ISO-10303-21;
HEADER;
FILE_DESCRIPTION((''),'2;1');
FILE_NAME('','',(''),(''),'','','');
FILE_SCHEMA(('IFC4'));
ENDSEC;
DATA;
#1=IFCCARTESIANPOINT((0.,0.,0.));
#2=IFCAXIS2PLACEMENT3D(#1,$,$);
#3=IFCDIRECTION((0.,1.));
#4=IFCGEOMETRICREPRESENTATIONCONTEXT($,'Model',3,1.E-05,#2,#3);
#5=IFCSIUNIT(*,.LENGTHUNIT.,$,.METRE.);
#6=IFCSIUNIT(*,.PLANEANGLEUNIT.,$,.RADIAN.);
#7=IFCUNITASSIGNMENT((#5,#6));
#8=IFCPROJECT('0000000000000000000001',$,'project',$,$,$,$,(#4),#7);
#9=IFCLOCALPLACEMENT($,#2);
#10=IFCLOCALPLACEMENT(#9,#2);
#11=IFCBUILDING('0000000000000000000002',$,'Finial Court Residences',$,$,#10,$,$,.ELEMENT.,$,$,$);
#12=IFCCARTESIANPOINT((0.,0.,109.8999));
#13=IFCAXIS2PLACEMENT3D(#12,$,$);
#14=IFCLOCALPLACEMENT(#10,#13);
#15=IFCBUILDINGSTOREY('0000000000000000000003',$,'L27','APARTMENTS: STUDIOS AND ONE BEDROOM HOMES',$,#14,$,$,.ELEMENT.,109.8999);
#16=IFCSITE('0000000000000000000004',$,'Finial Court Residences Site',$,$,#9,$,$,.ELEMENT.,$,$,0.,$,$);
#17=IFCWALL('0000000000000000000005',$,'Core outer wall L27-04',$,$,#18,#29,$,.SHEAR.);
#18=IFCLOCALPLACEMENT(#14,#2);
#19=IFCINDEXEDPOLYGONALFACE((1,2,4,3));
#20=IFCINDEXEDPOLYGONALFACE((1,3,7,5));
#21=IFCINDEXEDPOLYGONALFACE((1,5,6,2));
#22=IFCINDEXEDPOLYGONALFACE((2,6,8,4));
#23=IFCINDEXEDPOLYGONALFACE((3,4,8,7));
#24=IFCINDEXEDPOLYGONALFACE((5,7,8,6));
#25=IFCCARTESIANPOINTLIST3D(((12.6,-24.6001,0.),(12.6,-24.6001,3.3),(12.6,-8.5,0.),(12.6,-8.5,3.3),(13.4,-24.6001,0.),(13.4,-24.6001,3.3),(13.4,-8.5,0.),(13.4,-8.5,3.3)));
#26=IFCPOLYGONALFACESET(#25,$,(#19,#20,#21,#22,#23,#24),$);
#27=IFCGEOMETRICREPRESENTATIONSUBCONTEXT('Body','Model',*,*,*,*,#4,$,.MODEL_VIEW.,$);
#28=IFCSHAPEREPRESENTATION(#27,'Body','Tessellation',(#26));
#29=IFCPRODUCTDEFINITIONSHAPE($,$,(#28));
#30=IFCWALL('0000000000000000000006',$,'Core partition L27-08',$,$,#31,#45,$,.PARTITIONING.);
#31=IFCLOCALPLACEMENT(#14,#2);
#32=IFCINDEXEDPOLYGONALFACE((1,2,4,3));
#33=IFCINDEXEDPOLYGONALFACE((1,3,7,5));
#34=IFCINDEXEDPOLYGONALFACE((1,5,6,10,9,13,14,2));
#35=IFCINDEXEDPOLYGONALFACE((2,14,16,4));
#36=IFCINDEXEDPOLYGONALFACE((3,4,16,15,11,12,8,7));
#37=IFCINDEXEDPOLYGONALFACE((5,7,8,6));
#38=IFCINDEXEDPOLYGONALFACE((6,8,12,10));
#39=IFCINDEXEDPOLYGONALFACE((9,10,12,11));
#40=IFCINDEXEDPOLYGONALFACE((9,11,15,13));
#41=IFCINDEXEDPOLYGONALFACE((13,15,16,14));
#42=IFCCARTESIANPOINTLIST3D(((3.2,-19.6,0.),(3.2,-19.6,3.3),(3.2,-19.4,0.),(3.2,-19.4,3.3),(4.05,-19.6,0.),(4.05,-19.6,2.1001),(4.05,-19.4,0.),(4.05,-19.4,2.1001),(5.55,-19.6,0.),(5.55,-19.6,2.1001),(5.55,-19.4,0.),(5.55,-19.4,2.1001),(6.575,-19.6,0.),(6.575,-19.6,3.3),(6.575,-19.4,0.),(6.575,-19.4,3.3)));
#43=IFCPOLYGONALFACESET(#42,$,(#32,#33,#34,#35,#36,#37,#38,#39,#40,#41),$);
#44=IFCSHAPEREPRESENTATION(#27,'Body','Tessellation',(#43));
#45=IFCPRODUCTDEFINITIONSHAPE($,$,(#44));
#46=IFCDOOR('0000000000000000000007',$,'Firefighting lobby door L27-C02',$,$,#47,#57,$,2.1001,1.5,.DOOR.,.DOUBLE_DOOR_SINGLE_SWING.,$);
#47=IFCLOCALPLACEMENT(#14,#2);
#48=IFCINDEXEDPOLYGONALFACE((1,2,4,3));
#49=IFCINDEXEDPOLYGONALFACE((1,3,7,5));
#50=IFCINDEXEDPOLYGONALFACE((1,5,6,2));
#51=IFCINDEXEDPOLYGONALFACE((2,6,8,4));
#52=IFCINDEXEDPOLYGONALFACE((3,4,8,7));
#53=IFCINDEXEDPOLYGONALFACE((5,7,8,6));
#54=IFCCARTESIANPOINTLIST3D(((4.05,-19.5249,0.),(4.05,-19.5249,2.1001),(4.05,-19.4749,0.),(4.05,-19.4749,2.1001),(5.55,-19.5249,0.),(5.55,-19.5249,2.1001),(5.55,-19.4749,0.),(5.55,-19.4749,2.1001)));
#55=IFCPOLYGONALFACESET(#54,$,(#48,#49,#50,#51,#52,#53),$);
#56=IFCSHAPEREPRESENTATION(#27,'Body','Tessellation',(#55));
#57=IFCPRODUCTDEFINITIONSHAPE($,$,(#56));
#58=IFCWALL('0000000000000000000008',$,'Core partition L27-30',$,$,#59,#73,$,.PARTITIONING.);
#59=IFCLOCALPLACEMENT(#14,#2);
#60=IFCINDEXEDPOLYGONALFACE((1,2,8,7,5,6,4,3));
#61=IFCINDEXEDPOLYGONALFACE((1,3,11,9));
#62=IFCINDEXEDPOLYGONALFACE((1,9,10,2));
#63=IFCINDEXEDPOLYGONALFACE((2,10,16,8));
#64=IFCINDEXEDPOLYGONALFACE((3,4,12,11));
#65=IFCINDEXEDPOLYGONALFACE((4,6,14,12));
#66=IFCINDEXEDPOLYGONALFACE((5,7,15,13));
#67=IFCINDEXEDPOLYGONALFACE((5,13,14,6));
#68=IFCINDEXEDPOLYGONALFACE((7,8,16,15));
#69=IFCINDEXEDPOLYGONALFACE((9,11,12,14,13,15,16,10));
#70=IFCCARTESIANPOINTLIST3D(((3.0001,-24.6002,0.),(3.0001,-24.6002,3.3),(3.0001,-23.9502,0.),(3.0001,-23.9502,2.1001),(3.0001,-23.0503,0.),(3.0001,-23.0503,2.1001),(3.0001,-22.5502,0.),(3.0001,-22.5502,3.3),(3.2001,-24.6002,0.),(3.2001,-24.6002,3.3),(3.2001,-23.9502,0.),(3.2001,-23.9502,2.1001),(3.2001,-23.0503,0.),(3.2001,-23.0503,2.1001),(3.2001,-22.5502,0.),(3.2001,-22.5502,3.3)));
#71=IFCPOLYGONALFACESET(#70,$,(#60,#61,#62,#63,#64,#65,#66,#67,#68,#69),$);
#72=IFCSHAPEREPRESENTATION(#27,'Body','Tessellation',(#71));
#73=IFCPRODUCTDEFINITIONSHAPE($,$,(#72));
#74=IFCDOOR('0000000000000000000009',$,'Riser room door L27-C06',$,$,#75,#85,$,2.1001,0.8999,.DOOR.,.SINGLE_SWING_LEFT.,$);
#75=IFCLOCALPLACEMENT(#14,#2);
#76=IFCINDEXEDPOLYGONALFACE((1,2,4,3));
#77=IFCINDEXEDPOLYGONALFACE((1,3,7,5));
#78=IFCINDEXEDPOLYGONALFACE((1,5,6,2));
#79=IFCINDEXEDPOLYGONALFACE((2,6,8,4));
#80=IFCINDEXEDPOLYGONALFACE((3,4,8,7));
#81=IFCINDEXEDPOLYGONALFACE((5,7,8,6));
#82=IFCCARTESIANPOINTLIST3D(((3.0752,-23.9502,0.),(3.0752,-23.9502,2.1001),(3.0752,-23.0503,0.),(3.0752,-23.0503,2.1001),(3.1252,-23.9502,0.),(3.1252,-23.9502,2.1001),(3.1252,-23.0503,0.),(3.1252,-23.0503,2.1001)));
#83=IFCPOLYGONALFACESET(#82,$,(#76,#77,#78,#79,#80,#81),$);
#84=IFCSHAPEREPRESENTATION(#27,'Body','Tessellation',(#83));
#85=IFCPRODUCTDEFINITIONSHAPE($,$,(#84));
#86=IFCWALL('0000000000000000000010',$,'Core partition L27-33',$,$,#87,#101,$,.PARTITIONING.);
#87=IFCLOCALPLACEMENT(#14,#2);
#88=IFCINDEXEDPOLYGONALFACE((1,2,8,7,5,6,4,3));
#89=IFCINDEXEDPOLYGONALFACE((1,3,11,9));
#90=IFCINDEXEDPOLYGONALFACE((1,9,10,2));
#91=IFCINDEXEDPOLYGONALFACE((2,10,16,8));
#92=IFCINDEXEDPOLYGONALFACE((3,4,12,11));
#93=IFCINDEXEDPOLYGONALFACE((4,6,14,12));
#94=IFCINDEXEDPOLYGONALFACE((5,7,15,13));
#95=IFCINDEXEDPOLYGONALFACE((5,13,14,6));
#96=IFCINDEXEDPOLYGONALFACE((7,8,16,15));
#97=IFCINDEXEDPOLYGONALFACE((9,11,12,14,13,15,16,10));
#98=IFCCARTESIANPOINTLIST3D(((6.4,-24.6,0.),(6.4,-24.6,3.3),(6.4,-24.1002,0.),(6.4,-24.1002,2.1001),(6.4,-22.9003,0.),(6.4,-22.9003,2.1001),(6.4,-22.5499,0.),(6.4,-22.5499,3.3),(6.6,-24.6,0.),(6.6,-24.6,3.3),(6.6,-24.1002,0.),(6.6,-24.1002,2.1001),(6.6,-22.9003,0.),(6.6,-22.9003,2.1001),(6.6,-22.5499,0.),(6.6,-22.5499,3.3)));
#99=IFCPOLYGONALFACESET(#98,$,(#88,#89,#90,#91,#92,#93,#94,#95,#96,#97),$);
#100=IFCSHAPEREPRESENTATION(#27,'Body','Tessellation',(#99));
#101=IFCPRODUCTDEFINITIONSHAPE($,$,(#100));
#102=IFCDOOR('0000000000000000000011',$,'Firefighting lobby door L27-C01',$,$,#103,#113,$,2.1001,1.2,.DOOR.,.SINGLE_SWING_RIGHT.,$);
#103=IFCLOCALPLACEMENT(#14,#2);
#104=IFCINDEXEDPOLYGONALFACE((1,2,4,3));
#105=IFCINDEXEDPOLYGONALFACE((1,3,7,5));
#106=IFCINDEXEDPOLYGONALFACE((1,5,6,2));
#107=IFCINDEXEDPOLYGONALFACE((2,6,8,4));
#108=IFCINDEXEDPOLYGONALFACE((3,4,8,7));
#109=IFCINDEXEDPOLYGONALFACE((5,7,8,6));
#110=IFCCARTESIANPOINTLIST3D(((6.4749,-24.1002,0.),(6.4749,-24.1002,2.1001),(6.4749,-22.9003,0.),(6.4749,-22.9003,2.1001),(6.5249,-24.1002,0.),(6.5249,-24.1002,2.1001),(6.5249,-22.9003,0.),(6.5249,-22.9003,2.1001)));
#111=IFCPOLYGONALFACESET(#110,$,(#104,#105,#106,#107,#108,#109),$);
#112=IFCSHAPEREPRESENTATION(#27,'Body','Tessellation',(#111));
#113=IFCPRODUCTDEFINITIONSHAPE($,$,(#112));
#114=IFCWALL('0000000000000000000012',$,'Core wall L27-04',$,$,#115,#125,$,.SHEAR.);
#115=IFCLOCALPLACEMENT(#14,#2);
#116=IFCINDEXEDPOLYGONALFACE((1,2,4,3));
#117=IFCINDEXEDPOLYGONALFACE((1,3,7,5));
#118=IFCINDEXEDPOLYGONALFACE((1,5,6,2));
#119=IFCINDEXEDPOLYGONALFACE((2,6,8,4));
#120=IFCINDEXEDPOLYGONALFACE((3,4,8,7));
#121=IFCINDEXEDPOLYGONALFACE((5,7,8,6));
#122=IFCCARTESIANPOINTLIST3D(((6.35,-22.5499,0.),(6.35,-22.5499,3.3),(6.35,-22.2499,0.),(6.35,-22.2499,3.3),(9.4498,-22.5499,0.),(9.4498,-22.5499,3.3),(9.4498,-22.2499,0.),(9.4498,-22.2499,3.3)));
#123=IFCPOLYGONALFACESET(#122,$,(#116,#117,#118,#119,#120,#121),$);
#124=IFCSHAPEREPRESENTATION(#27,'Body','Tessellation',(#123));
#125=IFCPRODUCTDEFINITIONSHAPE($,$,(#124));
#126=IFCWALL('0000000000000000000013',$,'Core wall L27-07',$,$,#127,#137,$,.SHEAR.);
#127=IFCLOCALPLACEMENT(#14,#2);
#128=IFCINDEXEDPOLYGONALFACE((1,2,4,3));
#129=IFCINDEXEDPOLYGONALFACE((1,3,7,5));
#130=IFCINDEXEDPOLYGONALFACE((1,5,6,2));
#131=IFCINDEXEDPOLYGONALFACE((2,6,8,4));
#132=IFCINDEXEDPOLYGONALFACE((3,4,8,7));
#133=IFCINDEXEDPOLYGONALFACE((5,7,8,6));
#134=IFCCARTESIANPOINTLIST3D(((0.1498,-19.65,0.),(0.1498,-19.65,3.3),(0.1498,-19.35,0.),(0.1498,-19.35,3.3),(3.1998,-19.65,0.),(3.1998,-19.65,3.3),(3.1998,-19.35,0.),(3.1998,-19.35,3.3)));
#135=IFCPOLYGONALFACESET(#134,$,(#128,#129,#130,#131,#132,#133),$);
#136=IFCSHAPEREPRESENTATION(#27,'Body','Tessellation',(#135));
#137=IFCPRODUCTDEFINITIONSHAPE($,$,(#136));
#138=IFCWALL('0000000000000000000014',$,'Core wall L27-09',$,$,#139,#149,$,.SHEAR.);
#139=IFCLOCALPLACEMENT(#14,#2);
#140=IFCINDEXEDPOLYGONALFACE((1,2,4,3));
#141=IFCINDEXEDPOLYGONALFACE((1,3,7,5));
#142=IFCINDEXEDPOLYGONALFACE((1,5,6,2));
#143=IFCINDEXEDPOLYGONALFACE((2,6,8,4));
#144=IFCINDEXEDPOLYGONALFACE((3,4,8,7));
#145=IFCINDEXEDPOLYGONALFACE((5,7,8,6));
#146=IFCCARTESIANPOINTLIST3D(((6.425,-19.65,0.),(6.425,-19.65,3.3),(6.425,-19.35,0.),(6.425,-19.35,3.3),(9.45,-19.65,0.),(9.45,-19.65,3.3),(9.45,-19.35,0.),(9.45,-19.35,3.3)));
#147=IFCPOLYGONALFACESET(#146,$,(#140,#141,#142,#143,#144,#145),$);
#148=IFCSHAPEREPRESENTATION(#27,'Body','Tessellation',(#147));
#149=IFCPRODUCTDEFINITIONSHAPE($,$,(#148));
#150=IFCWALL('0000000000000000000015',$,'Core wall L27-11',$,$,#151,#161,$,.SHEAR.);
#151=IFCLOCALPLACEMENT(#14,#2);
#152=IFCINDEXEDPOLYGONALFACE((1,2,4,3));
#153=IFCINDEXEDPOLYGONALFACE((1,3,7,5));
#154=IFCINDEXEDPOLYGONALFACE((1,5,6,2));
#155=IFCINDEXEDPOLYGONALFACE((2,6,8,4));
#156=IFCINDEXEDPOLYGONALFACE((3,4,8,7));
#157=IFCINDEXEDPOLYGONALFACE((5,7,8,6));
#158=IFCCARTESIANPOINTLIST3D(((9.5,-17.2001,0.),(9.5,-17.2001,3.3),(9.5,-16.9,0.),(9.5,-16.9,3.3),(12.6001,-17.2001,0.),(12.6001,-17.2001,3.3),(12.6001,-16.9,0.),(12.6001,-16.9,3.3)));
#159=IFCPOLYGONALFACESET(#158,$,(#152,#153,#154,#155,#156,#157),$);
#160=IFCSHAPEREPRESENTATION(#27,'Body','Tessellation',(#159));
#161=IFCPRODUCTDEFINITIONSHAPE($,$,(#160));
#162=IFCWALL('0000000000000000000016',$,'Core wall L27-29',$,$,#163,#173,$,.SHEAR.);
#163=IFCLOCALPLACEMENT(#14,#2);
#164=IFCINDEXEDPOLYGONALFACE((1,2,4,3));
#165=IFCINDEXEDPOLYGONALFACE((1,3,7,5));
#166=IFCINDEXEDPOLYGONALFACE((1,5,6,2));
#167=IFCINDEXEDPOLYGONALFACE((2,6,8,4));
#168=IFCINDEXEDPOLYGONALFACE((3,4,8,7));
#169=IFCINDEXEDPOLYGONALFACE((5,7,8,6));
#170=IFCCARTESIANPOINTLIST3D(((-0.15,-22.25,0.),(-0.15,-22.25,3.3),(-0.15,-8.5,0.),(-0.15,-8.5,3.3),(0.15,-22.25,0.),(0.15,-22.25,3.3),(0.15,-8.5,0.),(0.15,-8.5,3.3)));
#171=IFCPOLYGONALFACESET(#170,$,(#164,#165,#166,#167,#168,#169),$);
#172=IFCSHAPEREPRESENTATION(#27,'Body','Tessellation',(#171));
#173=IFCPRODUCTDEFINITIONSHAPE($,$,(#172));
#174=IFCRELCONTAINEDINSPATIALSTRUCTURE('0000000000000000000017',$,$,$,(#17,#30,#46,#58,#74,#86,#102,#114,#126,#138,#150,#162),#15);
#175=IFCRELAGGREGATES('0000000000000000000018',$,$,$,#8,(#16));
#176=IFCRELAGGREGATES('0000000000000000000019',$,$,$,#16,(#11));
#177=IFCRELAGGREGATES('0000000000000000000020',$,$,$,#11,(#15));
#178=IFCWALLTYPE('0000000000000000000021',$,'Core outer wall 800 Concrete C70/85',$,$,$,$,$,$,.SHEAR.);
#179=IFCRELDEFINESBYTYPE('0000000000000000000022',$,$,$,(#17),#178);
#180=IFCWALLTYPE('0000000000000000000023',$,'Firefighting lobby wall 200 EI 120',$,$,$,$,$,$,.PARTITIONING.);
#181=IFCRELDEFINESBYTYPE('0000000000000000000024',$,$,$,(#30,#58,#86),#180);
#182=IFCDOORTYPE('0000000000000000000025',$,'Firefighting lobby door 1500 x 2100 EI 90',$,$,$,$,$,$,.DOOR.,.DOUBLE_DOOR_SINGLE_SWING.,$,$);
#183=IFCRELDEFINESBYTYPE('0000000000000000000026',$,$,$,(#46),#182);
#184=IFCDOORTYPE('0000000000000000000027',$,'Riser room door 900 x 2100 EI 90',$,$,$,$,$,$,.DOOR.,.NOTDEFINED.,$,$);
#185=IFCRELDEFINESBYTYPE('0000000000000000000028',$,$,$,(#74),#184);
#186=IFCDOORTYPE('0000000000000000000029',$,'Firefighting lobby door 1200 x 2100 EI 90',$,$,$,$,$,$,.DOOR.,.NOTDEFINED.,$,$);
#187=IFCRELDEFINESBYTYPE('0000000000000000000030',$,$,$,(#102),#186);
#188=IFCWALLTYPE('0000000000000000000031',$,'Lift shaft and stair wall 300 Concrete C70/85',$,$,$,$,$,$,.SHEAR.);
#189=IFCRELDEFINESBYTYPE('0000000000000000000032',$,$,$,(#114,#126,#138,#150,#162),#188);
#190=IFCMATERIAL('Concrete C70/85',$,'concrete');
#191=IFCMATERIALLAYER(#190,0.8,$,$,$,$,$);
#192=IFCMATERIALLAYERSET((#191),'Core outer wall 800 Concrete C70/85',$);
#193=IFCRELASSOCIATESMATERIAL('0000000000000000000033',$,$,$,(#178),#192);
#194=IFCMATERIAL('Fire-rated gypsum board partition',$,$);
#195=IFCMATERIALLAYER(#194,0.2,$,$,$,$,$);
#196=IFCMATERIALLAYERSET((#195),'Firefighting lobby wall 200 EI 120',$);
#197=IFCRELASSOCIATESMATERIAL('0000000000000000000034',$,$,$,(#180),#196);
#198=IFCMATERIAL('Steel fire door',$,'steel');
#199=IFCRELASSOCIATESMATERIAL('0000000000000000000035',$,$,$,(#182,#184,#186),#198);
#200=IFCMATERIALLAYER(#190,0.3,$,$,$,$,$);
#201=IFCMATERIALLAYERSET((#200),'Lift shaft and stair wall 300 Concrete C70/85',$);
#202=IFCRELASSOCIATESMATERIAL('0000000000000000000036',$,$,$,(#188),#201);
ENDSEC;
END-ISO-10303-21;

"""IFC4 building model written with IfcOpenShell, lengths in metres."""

from ifc_helpers import new_model, si_unit, direction, frame, frame_2d, origin, place, context, subcontext, project, spatial, rectangle, extrude, material, layer, layer_set, type_object, element, fill, save


model = new_model("IFC4")

# Units and contexts
model_context = context("Model", 3, precision=1e-05, world=origin(), true_north=direction((0.0, 1.0)))
body_context = subcontext(model_context, "Body", "Model", "MODEL_VIEW")
ifc_project = project(units=[si_unit("LENGTHUNIT", "METRE"), si_unit("PLANEANGLEUNIT", "RADIAN")], contexts=[model_context])

# Site, building, storey
site_placement = place(None, origin())
site = spatial("IfcSite", under=ifc_project, at=site_placement, Name="Finial Court Residences Site", CompositionType="ELEMENT", RefElevation=0.0)
building_placement = place(site_placement, origin())
building = spatial("IfcBuilding", under=site, at=building_placement, Name="Finial Court Residences", CompositionType="ELEMENT")
storey_placement = place(building_placement, frame((0.0, 0.0, 109.8999)))
storey = spatial("IfcBuildingStorey", under=building, at=storey_placement, Name="L27", Description="APARTMENTS: STUDIOS AND ONE BEDROOM HOMES", CompositionType="ELEMENT", Elevation=109.8999)

# Wall
ifc_material_1 = material(Name="Concrete C70/85", Category="concrete")
ifc_layer_1 = layer(ifc_material_1, 0.8)
ifc_layer_set_1 = layer_set([ifc_layer_1], Name="Core outer wall 800 Concrete C70/85")
wall_type_1 = type_object("IfcWallType", Name="Core outer wall 800 Concrete C70/85", PredefinedType="SHEAR", material=ifc_layer_set_1)
wall_1_placement = place(storey_placement, frame((13.0, -24.6001, 0.0), z_axis=(0.0, 0.0, 1.0), x_axis=(0.0, 1.0, 0.0)))
element("IfcWall", 1, at=wall_1_placement, inside=storey, type_object=wall_type_1, Name="Core outer wall L27-04", PredefinedType="SHEAR", context=body_context, shape_type="SweptSolid", body=[
    extrude(rectangle(XDim=16.1001, YDim=0.8, at=frame_2d((8.05, 0.0))), origin(), (0.0, 0.0, 1.0), 3.3),
])

# Walls, openings, doors
ifc_material_2 = material(Name="Fire-rated gypsum board partition")
ifc_layer_2 = layer(ifc_material_2, 0.2)
ifc_layer_set_2 = layer_set([ifc_layer_2], Name="Firefighting lobby wall 200 EI 120")
wall_type_2 = type_object("IfcWallType", Name="Firefighting lobby wall 200 EI 120", PredefinedType="PARTITIONING", material=ifc_layer_set_2)
wall_2_placement = place(storey_placement, frame((6.575, -19.5, 0.0), z_axis=(0.0, 0.0, 1.0), x_axis=(-1.0, 0.0, 0.0)))
wall_2 = element("IfcWall", 2, at=wall_2_placement, inside=storey, type_object=wall_type_2, Name="Core partition L27-08", PredefinedType="PARTITIONING", context=body_context, shape_type="SweptSolid", body=[
    extrude(rectangle(XDim=3.375, YDim=0.2, at=frame_2d((1.6875, 0.0))), origin(), (0.0, 0.0, 1.0), 3.3),
])
opening_1_placement = place(wall_2_placement, frame((1.0249, 0.0, 0.0)))
opening_1 = element("IfcOpeningElement", 3, at=opening_1_placement, cuts=wall_2, PredefinedType="OPENING", context=body_context, shape_type="SweptSolid", body=[
    extrude(rectangle(XDim=1.5, YDim=2.1001, at=frame_2d((0.75, 1.05))), frame((0.0, 0.1099, 0.0), z_axis=(0.0, -1.0, 0.0), x_axis=(1.0, 0.0, 0.0)), (0.0, 0.0, 1.0), 0.22),
])
ifc_material_3 = material(Name="Steel fire door", Category="steel")
door_type_1 = type_object("IfcDoorType", Name="Firefighting lobby door 1500 x 2100 EI 90", OperationType="DOUBLE_DOOR_SINGLE_SWING", PredefinedType="DOOR", material=ifc_material_3)
door_1_placement = place(opening_1_placement, origin())
door_1 = element("IfcDoor", 4, at=door_1_placement, inside=storey, type_object=door_type_1, Name="Firefighting lobby door L27-C02", OperationType="DOUBLE_DOOR_SINGLE_SWING", OverallHeight=2.1001, OverallWidth=1.5, PredefinedType="DOOR", context=body_context, shape_type="SweptSolid", body=[
    extrude(rectangle(XDim=1.5, YDim=2.1001, at=frame_2d((0.75, 1.05))), frame((0.0, 0.0249, 0.0), z_axis=(0.0, -1.0, 0.0), x_axis=(1.0, 0.0, 0.0)), (0.0, 0.0, 1.0), 0.05),
])
fill(opening_1, door_1)
wall_3_placement = place(storey_placement, frame((3.1001, -24.6001, 0.0), z_axis=(0.0, 0.0, 1.0), x_axis=(0.0, 1.0, 0.0)))
wall_3 = element("IfcWall", 5, at=wall_3_placement, inside=storey, type_object=wall_type_2, Name="Core partition L27-30", PredefinedType="PARTITIONING", context=body_context, shape_type="SweptSolid", body=[
    extrude(rectangle(XDim=2.05, YDim=0.2, at=frame_2d((1.0249, 0.0))), origin(), (0.0, 0.0, 1.0), 3.3),
])
opening_2_placement = place(wall_3_placement, frame((0.6499, 0.0, 0.0)))
opening_2 = element("IfcOpeningElement", 6, at=opening_2_placement, cuts=wall_3, PredefinedType="OPENING", context=body_context, shape_type="SweptSolid", body=[
    extrude(rectangle(XDim=0.8999, YDim=2.1001, at=frame_2d((0.45, 1.05))), frame((0.0, 0.1099, 0.0), z_axis=(0.0, -1.0, 0.0), x_axis=(1.0, 0.0, 0.0)), (0.0, 0.0, 1.0), 0.22),
])
door_type_2 = type_object("IfcDoorType", Name="Riser room door 900 x 2100 EI 90", OperationType="NOTDEFINED", PredefinedType="DOOR", material=ifc_material_3)
door_2_placement = place(opening_2_placement, origin())
door_2 = element("IfcDoor", 7, at=door_2_placement, inside=storey, type_object=door_type_2, Name="Riser room door L27-C06", OperationType="SINGLE_SWING_LEFT", OverallHeight=2.1001, OverallWidth=0.8999, PredefinedType="DOOR", context=body_context, shape_type="SweptSolid", body=[
    extrude(rectangle(XDim=0.8999, YDim=2.1001, at=frame_2d((0.45, 1.05))), frame((0.0, 0.0249, 0.0), z_axis=(0.0, -1.0, 0.0), x_axis=(1.0, 0.0, 0.0)), (0.0, 0.0, 1.0), 0.05),
])
fill(opening_2, door_2)
wall_4_placement = place(storey_placement, frame((6.5, -22.55, 0.0), z_axis=(0.0, 0.0, 1.0), x_axis=(0.0, -1.0, 0.0)))
wall_4 = element("IfcWall", 8, at=wall_4_placement, inside=storey, type_object=wall_type_2, Name="Core partition L27-33", PredefinedType="PARTITIONING", context=body_context, shape_type="SweptSolid", body=[
    extrude(rectangle(XDim=2.05, YDim=0.2, at=frame_2d((1.0249, 0.0))), origin(), (0.0, 0.0, 1.0), 3.3),
])
opening_3_placement = place(wall_4_placement, frame((0.3501, 0.0, 0.0)))
opening_3 = element("IfcOpeningElement", 9, at=opening_3_placement, cuts=wall_4, PredefinedType="OPENING", context=body_context, shape_type="SweptSolid", body=[
    extrude(rectangle(XDim=1.2, YDim=2.1001, at=frame_2d((0.6001, 1.05))), frame((0.0, 0.1099, 0.0), z_axis=(0.0, -1.0, 0.0), x_axis=(1.0, 0.0, 0.0)), (0.0, 0.0, 1.0), 0.22),
])
door_type_3 = type_object("IfcDoorType", Name="Firefighting lobby door 1200 x 2100 EI 90", OperationType="NOTDEFINED", PredefinedType="DOOR", material=ifc_material_3)
door_3_placement = place(opening_3_placement, origin())
door_3 = element("IfcDoor", 10, at=door_3_placement, inside=storey, type_object=door_type_3, Name="Firefighting lobby door L27-C01", OperationType="SINGLE_SWING_RIGHT", OverallHeight=2.1001, OverallWidth=1.2, PredefinedType="DOOR", context=body_context, shape_type="SweptSolid", body=[
    extrude(rectangle(XDim=1.2, YDim=2.1001, at=frame_2d((0.6001, 1.05))), frame((0.0, 0.0249, 0.0), z_axis=(0.0, -1.0, 0.0), x_axis=(1.0, 0.0, 0.0)), (0.0, 0.0, 1.0), 0.05),
])
fill(opening_3, door_3)

# Walls
ifc_layer_3 = layer(ifc_material_1, 0.3)
ifc_layer_set_3 = layer_set([ifc_layer_3], Name="Lift shaft and stair wall 300 Concrete C70/85")
wall_type_3 = type_object("IfcWallType", Name="Lift shaft and stair wall 300 Concrete C70/85", PredefinedType="SHEAR", material=ifc_layer_set_3)
wall_5_placement = place(storey_placement, frame((6.3501, -22.3999, 0.0), z_axis=(0.0, 0.0, 1.0), x_axis=(1.0, 0.0, 0.0)))
element("IfcWall", 11, at=wall_5_placement, inside=storey, type_object=wall_type_3, Name="Core wall L27-04", PredefinedType="SHEAR", context=body_context, shape_type="SweptSolid", body=[
    extrude(rectangle(XDim=3.0999, YDim=0.3, at=frame_2d((1.5498, 0.0))), origin(), (0.0, 0.0, 1.0), 3.3),
])
wall_6_placement = place(storey_placement, frame((0.1499, -19.5, 0.0), z_axis=(0.0, 0.0, 1.0), x_axis=(1.0, 0.0, 0.0)))
element("IfcWall", 12, at=wall_6_placement, inside=storey, type_object=wall_type_3, Name="Core wall L27-07", PredefinedType="SHEAR", context=body_context, shape_type="SweptSolid", body=[
    extrude(rectangle(XDim=3.05, YDim=0.3, at=frame_2d((1.5249, 0.0))), origin(), (0.0, 0.0, 1.0), 3.3),
])
wall_7_placement = place(storey_placement, frame((6.425, -19.5, 0.0), z_axis=(0.0, 0.0, 1.0), x_axis=(1.0, 0.0, 0.0)))
element("IfcWall", 13, at=wall_7_placement, inside=storey, type_object=wall_type_3, Name="Core wall L27-09", PredefinedType="SHEAR", context=body_context, shape_type="SweptSolid", body=[
    extrude(rectangle(XDim=3.0249, YDim=0.3, at=frame_2d((1.5125, 0.0))), origin(), (0.0, 0.0, 1.0), 3.3),
])
wall_8_placement = place(storey_placement, frame((9.5, -17.05, 0.0), z_axis=(0.0, 0.0, 1.0), x_axis=(1.0, 0.0, 0.0)))
element("IfcWall", 14, at=wall_8_placement, inside=storey, type_object=wall_type_3, Name="Core wall L27-11", PredefinedType="SHEAR", context=body_context, shape_type="SweptSolid", body=[
    extrude(rectangle(XDim=3.1001, YDim=0.3, at=frame_2d((1.55, 0.0))), origin(), (0.0, 0.0, 1.0), 3.3),
])
wall_9_placement = place(storey_placement, frame((0.0, -22.25, 0.0), z_axis=(0.0, 0.0, 1.0), x_axis=(0.0, 1.0, 0.0)))
element("IfcWall", 15, at=wall_9_placement, inside=storey, type_object=wall_type_3, Name="Core wall L27-29", PredefinedType="SHEAR", context=body_context, shape_type="SweptSolid", body=[
    extrude(rectangle(XDim=13.75, YDim=0.3, at=frame_2d((6.875, 0.0))), origin(), (0.0, 0.0, 1.0), 3.3),
])

save(model, "model.ifc")
